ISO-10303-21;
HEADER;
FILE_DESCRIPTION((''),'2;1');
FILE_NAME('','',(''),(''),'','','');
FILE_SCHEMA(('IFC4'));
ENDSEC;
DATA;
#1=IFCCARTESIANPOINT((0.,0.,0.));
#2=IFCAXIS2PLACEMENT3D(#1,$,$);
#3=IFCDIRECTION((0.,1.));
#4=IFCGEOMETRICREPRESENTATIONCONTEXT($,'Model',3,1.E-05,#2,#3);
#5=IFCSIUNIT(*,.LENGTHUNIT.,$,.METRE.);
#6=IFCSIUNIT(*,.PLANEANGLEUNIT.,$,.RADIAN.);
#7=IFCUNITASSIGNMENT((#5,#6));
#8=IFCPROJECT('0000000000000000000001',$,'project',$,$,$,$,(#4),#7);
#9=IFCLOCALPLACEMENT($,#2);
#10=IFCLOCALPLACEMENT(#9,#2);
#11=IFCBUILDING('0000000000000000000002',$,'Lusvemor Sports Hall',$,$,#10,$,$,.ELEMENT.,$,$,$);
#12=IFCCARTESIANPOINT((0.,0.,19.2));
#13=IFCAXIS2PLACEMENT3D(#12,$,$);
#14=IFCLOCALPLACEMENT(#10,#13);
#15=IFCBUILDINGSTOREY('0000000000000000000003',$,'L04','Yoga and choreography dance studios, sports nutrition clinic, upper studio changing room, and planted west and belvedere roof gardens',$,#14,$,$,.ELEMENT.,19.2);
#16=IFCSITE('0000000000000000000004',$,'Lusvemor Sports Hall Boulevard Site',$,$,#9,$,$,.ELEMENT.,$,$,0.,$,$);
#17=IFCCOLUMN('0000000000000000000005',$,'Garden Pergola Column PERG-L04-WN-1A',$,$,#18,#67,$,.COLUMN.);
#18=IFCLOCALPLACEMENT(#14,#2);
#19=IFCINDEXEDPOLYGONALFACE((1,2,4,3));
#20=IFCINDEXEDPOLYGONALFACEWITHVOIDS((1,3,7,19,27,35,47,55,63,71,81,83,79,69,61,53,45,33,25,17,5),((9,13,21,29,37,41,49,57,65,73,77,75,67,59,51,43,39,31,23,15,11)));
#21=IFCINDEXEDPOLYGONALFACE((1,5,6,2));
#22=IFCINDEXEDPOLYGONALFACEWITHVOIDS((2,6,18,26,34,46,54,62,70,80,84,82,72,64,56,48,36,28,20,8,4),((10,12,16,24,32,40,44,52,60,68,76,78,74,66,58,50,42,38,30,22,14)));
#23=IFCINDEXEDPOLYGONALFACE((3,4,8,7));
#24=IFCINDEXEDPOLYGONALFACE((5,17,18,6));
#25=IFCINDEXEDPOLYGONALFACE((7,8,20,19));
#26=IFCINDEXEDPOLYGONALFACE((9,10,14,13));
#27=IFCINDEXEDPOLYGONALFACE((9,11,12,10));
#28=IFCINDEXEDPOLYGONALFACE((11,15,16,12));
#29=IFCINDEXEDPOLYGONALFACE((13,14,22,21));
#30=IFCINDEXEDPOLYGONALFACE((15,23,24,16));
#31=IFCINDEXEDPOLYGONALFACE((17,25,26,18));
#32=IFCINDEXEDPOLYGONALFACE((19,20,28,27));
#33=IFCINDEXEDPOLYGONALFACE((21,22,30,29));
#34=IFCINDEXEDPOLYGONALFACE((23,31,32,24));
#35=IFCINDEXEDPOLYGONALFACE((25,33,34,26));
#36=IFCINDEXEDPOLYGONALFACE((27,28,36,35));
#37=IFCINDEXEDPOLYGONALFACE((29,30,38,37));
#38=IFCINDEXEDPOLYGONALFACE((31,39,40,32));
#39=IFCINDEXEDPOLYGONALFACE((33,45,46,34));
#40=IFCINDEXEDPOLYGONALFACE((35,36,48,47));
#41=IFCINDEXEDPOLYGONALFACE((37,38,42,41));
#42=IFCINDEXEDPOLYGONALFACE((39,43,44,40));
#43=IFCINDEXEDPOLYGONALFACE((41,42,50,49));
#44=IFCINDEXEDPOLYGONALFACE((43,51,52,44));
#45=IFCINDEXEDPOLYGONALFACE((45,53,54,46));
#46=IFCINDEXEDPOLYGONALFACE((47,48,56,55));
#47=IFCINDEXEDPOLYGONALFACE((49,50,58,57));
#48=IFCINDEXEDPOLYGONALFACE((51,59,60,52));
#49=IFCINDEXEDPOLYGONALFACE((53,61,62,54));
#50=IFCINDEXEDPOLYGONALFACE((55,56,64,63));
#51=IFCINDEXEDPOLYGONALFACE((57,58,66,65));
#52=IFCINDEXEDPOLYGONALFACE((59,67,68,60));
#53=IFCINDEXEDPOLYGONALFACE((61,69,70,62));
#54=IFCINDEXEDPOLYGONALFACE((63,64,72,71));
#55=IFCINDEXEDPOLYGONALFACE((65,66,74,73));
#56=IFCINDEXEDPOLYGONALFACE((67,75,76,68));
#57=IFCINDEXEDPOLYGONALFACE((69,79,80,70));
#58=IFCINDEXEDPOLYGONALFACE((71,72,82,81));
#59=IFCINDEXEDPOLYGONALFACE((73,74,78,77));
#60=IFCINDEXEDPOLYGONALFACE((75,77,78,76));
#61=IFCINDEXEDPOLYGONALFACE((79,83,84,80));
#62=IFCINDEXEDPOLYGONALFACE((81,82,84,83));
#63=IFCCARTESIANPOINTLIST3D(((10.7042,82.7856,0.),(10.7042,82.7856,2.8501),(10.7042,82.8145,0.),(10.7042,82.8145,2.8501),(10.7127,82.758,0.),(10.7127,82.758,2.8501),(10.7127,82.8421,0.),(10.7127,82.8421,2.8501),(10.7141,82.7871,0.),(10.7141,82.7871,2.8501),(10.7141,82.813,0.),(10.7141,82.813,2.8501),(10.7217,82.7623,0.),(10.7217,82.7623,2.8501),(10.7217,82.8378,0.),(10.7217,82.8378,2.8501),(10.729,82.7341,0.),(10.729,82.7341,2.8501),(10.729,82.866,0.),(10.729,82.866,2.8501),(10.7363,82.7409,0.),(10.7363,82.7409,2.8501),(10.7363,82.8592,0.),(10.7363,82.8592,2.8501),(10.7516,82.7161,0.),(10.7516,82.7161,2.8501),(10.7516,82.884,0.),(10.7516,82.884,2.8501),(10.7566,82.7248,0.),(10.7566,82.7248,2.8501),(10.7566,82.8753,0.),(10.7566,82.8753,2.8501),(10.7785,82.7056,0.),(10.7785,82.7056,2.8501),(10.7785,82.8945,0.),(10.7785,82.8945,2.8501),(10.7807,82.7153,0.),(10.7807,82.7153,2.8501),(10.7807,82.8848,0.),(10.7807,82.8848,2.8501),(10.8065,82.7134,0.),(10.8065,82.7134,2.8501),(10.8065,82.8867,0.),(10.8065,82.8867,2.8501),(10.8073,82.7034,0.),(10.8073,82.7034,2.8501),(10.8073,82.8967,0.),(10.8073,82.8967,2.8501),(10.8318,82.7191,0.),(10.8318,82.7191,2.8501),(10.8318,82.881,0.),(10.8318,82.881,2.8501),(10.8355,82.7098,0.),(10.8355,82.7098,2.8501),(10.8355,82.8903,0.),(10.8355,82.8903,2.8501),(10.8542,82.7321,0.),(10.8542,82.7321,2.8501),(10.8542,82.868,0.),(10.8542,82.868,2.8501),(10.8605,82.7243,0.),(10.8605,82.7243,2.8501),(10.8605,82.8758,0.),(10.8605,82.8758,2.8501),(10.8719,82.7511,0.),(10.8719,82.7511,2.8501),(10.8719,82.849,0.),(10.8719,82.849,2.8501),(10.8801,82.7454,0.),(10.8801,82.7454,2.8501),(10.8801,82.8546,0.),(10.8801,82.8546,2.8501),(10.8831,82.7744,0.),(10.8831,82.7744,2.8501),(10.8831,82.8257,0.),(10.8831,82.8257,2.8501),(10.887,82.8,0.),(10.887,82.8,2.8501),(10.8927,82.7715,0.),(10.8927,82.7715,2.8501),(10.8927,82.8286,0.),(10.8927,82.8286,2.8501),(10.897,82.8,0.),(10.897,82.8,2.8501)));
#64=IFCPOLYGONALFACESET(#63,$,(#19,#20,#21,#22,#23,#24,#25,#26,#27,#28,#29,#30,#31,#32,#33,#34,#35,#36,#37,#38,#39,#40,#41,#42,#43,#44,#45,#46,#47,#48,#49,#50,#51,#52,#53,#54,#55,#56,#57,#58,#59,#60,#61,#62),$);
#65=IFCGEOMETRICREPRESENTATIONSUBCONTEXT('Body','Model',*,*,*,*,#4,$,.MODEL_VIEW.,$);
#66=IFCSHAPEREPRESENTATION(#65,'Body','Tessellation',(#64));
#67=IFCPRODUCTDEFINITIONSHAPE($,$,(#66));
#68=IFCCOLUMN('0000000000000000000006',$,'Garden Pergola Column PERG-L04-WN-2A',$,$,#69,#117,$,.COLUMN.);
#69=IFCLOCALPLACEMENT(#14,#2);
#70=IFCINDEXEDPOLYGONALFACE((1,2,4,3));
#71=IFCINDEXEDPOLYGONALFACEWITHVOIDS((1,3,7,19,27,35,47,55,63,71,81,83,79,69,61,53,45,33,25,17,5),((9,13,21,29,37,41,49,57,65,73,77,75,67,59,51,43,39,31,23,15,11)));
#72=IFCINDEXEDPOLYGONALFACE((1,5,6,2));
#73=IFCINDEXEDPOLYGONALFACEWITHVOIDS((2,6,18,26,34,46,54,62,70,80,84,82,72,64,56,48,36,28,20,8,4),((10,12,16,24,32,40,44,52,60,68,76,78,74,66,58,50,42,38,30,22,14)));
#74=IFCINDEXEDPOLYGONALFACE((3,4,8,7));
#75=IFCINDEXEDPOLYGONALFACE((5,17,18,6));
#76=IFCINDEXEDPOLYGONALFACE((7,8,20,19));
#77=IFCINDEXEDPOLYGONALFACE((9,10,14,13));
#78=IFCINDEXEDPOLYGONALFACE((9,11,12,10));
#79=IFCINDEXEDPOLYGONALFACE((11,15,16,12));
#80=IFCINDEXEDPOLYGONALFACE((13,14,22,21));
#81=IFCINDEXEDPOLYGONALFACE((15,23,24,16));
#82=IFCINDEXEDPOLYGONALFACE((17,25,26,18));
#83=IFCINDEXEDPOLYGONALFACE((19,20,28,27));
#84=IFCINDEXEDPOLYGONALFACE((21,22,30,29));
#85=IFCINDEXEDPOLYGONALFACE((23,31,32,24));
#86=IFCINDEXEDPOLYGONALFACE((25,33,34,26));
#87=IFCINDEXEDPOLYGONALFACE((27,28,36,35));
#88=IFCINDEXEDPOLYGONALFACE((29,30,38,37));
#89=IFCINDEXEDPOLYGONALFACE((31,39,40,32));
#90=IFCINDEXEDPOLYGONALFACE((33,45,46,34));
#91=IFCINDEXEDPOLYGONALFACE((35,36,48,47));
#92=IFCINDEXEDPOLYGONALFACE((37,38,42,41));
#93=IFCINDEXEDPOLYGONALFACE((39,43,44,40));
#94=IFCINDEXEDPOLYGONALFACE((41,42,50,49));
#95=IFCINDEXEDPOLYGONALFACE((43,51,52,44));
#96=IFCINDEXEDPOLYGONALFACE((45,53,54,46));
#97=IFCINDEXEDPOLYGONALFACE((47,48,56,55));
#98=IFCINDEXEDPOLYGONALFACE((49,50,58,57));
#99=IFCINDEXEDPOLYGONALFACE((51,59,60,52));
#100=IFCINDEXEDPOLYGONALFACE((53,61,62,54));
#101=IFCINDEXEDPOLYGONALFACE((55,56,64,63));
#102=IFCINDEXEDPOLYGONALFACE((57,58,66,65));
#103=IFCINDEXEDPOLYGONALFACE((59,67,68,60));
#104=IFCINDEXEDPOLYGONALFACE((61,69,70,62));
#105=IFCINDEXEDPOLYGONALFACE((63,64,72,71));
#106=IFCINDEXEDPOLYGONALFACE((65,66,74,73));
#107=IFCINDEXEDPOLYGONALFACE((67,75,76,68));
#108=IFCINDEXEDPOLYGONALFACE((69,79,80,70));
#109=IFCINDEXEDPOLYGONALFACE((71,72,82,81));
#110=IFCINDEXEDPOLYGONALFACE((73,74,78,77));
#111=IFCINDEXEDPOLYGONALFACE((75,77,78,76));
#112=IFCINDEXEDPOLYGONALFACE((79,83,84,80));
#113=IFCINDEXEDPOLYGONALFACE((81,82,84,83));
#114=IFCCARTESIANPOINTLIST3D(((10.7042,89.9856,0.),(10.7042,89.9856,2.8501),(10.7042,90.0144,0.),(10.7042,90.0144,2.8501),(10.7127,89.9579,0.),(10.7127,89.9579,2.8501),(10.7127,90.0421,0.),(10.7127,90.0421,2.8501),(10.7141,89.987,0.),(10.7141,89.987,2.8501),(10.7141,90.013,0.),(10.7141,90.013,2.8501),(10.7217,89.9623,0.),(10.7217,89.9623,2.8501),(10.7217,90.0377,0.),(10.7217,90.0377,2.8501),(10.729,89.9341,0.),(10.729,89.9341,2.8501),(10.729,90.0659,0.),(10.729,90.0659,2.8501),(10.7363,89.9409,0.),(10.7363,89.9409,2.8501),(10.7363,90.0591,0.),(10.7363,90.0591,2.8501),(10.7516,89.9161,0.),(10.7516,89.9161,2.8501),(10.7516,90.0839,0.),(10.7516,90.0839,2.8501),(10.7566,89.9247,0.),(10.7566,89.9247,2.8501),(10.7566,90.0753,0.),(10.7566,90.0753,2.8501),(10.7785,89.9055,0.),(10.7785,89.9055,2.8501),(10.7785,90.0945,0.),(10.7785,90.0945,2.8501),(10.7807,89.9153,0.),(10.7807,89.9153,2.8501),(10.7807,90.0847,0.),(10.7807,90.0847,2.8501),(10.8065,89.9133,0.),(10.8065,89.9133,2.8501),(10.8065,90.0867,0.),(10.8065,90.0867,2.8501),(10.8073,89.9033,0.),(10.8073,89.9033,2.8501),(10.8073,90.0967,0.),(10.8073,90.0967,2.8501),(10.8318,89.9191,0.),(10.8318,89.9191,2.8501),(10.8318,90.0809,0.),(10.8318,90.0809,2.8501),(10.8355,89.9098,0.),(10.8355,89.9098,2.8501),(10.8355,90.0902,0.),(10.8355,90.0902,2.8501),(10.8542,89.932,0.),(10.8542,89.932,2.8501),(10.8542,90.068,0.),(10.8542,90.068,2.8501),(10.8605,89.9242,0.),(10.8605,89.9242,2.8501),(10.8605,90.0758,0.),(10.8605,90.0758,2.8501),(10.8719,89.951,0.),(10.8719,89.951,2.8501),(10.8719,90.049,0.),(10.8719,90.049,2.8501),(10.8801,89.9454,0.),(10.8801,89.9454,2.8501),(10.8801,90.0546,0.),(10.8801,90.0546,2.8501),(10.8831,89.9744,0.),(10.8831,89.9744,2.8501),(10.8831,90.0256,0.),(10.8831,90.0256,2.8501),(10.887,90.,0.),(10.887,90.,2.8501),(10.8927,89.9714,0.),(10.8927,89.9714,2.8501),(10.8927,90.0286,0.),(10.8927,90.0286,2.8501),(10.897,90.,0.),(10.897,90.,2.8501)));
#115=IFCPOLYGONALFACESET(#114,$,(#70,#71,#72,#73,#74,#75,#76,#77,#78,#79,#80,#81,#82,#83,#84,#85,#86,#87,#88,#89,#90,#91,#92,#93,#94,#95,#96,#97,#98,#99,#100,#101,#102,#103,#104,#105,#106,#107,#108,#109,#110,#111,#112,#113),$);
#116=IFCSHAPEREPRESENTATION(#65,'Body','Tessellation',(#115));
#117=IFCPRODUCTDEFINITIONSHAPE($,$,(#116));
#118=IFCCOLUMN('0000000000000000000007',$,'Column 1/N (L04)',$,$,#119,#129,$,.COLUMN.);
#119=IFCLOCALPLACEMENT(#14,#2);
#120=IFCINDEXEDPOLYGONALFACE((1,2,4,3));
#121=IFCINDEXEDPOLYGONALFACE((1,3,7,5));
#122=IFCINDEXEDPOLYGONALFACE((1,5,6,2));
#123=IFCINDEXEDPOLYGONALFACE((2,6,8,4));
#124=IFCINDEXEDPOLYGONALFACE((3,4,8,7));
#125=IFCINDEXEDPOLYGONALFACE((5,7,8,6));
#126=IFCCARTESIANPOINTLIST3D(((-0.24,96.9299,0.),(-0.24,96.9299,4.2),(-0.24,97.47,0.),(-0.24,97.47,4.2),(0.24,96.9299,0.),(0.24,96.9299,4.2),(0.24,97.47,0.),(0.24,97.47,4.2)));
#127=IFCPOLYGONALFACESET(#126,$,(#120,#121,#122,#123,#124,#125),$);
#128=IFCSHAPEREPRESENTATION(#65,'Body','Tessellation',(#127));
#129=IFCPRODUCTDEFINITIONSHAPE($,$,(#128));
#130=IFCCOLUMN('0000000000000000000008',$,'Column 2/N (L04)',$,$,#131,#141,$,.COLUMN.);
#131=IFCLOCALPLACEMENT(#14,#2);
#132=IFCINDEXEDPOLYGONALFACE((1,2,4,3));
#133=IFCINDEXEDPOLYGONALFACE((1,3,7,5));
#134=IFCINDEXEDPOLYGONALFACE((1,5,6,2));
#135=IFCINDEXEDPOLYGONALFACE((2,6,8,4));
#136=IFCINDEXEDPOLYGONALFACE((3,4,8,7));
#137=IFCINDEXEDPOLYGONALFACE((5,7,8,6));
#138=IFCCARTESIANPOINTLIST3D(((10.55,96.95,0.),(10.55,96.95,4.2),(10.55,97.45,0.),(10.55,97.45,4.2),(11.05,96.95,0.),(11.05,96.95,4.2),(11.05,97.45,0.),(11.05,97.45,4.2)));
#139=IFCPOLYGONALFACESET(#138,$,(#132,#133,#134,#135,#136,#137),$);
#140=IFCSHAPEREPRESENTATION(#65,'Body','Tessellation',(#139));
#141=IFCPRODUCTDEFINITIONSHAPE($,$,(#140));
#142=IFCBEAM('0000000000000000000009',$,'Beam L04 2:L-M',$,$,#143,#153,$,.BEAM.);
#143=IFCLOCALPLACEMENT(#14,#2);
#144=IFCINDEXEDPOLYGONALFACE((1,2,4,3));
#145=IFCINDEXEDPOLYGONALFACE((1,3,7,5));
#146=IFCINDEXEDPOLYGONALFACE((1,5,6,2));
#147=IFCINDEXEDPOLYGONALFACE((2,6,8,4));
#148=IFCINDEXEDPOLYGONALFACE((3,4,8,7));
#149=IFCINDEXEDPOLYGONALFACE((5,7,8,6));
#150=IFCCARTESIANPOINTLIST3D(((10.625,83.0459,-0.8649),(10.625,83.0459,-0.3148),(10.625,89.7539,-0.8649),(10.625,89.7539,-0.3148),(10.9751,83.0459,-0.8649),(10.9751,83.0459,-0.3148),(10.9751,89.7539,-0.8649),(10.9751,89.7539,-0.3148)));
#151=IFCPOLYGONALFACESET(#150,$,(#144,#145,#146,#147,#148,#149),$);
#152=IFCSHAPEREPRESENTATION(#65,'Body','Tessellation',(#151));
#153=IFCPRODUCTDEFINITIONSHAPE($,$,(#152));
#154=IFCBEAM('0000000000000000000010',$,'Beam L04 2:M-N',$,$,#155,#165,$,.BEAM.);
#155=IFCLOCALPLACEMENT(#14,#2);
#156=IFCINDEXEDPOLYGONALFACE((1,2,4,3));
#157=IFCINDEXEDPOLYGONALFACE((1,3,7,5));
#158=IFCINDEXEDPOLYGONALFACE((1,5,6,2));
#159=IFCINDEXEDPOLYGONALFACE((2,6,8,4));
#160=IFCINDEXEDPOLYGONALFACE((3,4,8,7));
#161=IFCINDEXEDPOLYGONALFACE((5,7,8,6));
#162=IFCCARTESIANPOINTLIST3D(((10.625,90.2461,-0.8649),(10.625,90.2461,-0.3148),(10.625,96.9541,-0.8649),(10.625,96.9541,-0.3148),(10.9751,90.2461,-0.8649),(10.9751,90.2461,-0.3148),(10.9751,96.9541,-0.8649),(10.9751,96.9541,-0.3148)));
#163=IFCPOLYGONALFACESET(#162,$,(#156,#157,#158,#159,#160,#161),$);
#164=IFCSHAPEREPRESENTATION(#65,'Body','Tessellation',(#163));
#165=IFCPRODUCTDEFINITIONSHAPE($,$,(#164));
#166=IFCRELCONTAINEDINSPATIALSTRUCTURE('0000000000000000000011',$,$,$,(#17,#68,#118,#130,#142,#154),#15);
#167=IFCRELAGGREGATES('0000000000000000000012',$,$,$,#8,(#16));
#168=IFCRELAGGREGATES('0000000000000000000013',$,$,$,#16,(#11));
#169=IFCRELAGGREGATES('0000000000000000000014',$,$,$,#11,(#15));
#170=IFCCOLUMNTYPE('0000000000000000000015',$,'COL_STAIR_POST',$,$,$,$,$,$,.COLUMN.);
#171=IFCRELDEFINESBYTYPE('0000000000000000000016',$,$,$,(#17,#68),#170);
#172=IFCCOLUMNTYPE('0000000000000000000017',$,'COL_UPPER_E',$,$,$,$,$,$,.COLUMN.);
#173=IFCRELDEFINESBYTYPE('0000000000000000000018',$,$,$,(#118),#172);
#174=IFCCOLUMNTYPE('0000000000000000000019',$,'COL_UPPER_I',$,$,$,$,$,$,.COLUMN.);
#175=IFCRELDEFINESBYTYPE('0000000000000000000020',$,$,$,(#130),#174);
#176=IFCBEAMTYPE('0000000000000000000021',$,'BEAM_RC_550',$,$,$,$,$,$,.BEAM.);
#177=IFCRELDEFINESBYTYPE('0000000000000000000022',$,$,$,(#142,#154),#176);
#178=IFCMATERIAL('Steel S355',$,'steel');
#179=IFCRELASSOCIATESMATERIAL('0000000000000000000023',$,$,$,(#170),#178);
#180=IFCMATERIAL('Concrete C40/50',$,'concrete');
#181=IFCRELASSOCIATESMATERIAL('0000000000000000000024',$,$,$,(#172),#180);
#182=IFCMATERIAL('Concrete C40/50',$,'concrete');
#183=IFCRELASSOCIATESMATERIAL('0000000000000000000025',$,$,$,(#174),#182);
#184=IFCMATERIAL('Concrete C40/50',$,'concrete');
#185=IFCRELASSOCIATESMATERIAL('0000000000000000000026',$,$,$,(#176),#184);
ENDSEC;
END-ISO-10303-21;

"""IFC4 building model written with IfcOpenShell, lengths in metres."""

from ifc_helpers import new_model, si_unit, direction, frame, origin, origin_2d, place, context, subcontext, project, spatial, rectangle, hollow_circle, extrude, material, material_profile, profile_set, type_object, element, save


model = new_model("IFC4")

# Units and contexts
model_context = context("Model", 3, precision=1e-05, world=origin(), true_north=direction((0.0, 1.0)))
body_context = subcontext(model_context, "Body", "Model", "MODEL_VIEW")
ifc_project = project(units=[si_unit("LENGTHUNIT", "METRE"), si_unit("PLANEANGLEUNIT", "RADIAN")], contexts=[model_context])

# Site, building, storey
site_placement = place(None, origin())
site = spatial("IfcSite", under=ifc_project, at=site_placement, Name="Lusvemor Sports Hall Boulevard Site", CompositionType="ELEMENT", RefElevation=0.0)
building_placement = place(site_placement, origin())
building = spatial("IfcBuilding", under=site, at=building_placement, Name="Lusvemor Sports Hall", CompositionType="ELEMENT")
storey_placement = place(building_placement, frame((0.0, 0.0, 19.2)))
storey = spatial("IfcBuildingStorey", under=building, at=storey_placement, Name="L04", Description="Yoga and choreography dance studios, sports nutrition clinic, upper studio changing room, and planted west and belvedere roof gardens", CompositionType="ELEMENT", Elevation=19.2)

# Columns
ifc_material_1 = material(Name="Steel S355", Category="steel")
ifc_material_profile_1 = material_profile(ifc_material_1, hollow_circle(Radius=0.0969, WallThickness=0.01, at=origin_2d()), Name="CHS193.7x10.0")
ifc_profile_set_1 = profile_set([ifc_material_profile_1], Name="Steel S355")
column_type_1 = type_object("IfcColumnType", Name="COL_STAIR_POST", PredefinedType="COLUMN", material=ifc_profile_set_1)
for number, where, z_axis, x_axis, name in (
    (1, (10.8, 82.8, 0.0), (0.0, 0.0, 1.0), (1.0, 0.0, 0.0), "Garden Pergola Column PERG-L04-WN-1A"),
    (2, (10.8, 90.0, 0.0), (0.0, 0.0, 1.0), (1.0, 0.0, 0.0), "Garden Pergola Column PERG-L04-WN-2A"),
):
    element("IfcColumn", number, at=place(storey_placement, frame(where, z_axis=z_axis, x_axis=x_axis)), inside=storey, type_object=column_type_1, Name=name, PredefinedType="COLUMN", context=body_context, shape_type="SweptSolid", body=[
        extrude(hollow_circle(Radius=0.0969, WallThickness=0.01, at=origin_2d()), origin(), (0.0, 0.0, 1.0), 2.8501),
    ])
ifc_material_2 = material(Name="Concrete C40/50", Category="concrete")
ifc_material_profile_2 = material_profile(ifc_material_2, rectangle(XDim=0.48, YDim=0.54, at=origin_2d()), Name="RC480x540")
ifc_profile_set_2 = profile_set([ifc_material_profile_2], Name="Concrete C40/50")
column_type_2 = type_object("IfcColumnType", Name="COL_UPPER_E", PredefinedType="COLUMN", material=ifc_profile_set_2)
column_1_placement = place(storey_placement, frame((0.0, 97.2, 0.0), z_axis=(0.0, 0.0, 1.0), x_axis=(1.0, 0.0, 0.0)))
element("IfcColumn", 3, at=column_1_placement, inside=storey, type_object=column_type_2, Name="Column 1/N (L04)", PredefinedType="COLUMN", context=body_context, shape_type="SweptSolid", body=[
    extrude(rectangle(XDim=0.48, YDim=0.54, at=origin_2d()), origin(), (0.0, 0.0, 1.0), 4.2),
])
ifc_material_3 = material(Name="Concrete C40/50", Category="concrete")
ifc_material_profile_3 = material_profile(ifc_material_3, rectangle(XDim=0.5, YDim=0.5, at=origin_2d()), Name="RC500x500")
ifc_profile_set_3 = profile_set([ifc_material_profile_3], Name="Concrete C40/50")
column_type_3 = type_object("IfcColumnType", Name="COL_UPPER_I", PredefinedType="COLUMN", material=ifc_profile_set_3)
column_2_placement = place(storey_placement, frame((10.8, 97.2, 0.0), z_axis=(0.0, 0.0, 1.0), x_axis=(1.0, 0.0, 0.0)))
element("IfcColumn", 4, at=column_2_placement, inside=storey, type_object=column_type_3, Name="Column 2/N (L04)", PredefinedType="COLUMN", context=body_context, shape_type="SweptSolid", body=[
    extrude(rectangle(XDim=0.5, YDim=0.5, at=origin_2d()), origin(), (0.0, 0.0, 1.0), 4.2),
])

# Beams
ifc_material_4 = material(Name="Concrete C40/50", Category="concrete")
ifc_material_profile_4 = material_profile(ifc_material_4, rectangle(XDim=0.3501, YDim=0.55, at=origin_2d()), Name="RC350x550")
ifc_profile_set_4 = profile_set([ifc_material_profile_4], Name="Concrete C40/50")
beam_type_1 = type_object("IfcBeamType", Name="BEAM_RC_550", PredefinedType="BEAM", material=ifc_profile_set_4)
for number, where, z_axis, x_axis, name in (
    (5, (10.8, 83.0459, -0.5898), (0.0, 1.0, 0.0), (-1.0, 0.0, 0.0), "Beam L04 2:L-M"),
    (6, (10.8, 90.2461, -0.5898), (0.0, 1.0, 0.0), (-1.0, 0.0, 0.0), "Beam L04 2:M-N"),
):
    element("IfcBeam", number, at=place(storey_placement, frame(where, z_axis=z_axis, x_axis=x_axis)), inside=storey, type_object=beam_type_1, Name=name, PredefinedType="BEAM", context=body_context, shape_type="SweptSolid", body=[
        extrude(rectangle(XDim=0.3501, YDim=0.55, at=origin_2d()), origin(), (0.0, 0.0, 1.0), 6.708),
    ])

save(model, "model.ifc")
